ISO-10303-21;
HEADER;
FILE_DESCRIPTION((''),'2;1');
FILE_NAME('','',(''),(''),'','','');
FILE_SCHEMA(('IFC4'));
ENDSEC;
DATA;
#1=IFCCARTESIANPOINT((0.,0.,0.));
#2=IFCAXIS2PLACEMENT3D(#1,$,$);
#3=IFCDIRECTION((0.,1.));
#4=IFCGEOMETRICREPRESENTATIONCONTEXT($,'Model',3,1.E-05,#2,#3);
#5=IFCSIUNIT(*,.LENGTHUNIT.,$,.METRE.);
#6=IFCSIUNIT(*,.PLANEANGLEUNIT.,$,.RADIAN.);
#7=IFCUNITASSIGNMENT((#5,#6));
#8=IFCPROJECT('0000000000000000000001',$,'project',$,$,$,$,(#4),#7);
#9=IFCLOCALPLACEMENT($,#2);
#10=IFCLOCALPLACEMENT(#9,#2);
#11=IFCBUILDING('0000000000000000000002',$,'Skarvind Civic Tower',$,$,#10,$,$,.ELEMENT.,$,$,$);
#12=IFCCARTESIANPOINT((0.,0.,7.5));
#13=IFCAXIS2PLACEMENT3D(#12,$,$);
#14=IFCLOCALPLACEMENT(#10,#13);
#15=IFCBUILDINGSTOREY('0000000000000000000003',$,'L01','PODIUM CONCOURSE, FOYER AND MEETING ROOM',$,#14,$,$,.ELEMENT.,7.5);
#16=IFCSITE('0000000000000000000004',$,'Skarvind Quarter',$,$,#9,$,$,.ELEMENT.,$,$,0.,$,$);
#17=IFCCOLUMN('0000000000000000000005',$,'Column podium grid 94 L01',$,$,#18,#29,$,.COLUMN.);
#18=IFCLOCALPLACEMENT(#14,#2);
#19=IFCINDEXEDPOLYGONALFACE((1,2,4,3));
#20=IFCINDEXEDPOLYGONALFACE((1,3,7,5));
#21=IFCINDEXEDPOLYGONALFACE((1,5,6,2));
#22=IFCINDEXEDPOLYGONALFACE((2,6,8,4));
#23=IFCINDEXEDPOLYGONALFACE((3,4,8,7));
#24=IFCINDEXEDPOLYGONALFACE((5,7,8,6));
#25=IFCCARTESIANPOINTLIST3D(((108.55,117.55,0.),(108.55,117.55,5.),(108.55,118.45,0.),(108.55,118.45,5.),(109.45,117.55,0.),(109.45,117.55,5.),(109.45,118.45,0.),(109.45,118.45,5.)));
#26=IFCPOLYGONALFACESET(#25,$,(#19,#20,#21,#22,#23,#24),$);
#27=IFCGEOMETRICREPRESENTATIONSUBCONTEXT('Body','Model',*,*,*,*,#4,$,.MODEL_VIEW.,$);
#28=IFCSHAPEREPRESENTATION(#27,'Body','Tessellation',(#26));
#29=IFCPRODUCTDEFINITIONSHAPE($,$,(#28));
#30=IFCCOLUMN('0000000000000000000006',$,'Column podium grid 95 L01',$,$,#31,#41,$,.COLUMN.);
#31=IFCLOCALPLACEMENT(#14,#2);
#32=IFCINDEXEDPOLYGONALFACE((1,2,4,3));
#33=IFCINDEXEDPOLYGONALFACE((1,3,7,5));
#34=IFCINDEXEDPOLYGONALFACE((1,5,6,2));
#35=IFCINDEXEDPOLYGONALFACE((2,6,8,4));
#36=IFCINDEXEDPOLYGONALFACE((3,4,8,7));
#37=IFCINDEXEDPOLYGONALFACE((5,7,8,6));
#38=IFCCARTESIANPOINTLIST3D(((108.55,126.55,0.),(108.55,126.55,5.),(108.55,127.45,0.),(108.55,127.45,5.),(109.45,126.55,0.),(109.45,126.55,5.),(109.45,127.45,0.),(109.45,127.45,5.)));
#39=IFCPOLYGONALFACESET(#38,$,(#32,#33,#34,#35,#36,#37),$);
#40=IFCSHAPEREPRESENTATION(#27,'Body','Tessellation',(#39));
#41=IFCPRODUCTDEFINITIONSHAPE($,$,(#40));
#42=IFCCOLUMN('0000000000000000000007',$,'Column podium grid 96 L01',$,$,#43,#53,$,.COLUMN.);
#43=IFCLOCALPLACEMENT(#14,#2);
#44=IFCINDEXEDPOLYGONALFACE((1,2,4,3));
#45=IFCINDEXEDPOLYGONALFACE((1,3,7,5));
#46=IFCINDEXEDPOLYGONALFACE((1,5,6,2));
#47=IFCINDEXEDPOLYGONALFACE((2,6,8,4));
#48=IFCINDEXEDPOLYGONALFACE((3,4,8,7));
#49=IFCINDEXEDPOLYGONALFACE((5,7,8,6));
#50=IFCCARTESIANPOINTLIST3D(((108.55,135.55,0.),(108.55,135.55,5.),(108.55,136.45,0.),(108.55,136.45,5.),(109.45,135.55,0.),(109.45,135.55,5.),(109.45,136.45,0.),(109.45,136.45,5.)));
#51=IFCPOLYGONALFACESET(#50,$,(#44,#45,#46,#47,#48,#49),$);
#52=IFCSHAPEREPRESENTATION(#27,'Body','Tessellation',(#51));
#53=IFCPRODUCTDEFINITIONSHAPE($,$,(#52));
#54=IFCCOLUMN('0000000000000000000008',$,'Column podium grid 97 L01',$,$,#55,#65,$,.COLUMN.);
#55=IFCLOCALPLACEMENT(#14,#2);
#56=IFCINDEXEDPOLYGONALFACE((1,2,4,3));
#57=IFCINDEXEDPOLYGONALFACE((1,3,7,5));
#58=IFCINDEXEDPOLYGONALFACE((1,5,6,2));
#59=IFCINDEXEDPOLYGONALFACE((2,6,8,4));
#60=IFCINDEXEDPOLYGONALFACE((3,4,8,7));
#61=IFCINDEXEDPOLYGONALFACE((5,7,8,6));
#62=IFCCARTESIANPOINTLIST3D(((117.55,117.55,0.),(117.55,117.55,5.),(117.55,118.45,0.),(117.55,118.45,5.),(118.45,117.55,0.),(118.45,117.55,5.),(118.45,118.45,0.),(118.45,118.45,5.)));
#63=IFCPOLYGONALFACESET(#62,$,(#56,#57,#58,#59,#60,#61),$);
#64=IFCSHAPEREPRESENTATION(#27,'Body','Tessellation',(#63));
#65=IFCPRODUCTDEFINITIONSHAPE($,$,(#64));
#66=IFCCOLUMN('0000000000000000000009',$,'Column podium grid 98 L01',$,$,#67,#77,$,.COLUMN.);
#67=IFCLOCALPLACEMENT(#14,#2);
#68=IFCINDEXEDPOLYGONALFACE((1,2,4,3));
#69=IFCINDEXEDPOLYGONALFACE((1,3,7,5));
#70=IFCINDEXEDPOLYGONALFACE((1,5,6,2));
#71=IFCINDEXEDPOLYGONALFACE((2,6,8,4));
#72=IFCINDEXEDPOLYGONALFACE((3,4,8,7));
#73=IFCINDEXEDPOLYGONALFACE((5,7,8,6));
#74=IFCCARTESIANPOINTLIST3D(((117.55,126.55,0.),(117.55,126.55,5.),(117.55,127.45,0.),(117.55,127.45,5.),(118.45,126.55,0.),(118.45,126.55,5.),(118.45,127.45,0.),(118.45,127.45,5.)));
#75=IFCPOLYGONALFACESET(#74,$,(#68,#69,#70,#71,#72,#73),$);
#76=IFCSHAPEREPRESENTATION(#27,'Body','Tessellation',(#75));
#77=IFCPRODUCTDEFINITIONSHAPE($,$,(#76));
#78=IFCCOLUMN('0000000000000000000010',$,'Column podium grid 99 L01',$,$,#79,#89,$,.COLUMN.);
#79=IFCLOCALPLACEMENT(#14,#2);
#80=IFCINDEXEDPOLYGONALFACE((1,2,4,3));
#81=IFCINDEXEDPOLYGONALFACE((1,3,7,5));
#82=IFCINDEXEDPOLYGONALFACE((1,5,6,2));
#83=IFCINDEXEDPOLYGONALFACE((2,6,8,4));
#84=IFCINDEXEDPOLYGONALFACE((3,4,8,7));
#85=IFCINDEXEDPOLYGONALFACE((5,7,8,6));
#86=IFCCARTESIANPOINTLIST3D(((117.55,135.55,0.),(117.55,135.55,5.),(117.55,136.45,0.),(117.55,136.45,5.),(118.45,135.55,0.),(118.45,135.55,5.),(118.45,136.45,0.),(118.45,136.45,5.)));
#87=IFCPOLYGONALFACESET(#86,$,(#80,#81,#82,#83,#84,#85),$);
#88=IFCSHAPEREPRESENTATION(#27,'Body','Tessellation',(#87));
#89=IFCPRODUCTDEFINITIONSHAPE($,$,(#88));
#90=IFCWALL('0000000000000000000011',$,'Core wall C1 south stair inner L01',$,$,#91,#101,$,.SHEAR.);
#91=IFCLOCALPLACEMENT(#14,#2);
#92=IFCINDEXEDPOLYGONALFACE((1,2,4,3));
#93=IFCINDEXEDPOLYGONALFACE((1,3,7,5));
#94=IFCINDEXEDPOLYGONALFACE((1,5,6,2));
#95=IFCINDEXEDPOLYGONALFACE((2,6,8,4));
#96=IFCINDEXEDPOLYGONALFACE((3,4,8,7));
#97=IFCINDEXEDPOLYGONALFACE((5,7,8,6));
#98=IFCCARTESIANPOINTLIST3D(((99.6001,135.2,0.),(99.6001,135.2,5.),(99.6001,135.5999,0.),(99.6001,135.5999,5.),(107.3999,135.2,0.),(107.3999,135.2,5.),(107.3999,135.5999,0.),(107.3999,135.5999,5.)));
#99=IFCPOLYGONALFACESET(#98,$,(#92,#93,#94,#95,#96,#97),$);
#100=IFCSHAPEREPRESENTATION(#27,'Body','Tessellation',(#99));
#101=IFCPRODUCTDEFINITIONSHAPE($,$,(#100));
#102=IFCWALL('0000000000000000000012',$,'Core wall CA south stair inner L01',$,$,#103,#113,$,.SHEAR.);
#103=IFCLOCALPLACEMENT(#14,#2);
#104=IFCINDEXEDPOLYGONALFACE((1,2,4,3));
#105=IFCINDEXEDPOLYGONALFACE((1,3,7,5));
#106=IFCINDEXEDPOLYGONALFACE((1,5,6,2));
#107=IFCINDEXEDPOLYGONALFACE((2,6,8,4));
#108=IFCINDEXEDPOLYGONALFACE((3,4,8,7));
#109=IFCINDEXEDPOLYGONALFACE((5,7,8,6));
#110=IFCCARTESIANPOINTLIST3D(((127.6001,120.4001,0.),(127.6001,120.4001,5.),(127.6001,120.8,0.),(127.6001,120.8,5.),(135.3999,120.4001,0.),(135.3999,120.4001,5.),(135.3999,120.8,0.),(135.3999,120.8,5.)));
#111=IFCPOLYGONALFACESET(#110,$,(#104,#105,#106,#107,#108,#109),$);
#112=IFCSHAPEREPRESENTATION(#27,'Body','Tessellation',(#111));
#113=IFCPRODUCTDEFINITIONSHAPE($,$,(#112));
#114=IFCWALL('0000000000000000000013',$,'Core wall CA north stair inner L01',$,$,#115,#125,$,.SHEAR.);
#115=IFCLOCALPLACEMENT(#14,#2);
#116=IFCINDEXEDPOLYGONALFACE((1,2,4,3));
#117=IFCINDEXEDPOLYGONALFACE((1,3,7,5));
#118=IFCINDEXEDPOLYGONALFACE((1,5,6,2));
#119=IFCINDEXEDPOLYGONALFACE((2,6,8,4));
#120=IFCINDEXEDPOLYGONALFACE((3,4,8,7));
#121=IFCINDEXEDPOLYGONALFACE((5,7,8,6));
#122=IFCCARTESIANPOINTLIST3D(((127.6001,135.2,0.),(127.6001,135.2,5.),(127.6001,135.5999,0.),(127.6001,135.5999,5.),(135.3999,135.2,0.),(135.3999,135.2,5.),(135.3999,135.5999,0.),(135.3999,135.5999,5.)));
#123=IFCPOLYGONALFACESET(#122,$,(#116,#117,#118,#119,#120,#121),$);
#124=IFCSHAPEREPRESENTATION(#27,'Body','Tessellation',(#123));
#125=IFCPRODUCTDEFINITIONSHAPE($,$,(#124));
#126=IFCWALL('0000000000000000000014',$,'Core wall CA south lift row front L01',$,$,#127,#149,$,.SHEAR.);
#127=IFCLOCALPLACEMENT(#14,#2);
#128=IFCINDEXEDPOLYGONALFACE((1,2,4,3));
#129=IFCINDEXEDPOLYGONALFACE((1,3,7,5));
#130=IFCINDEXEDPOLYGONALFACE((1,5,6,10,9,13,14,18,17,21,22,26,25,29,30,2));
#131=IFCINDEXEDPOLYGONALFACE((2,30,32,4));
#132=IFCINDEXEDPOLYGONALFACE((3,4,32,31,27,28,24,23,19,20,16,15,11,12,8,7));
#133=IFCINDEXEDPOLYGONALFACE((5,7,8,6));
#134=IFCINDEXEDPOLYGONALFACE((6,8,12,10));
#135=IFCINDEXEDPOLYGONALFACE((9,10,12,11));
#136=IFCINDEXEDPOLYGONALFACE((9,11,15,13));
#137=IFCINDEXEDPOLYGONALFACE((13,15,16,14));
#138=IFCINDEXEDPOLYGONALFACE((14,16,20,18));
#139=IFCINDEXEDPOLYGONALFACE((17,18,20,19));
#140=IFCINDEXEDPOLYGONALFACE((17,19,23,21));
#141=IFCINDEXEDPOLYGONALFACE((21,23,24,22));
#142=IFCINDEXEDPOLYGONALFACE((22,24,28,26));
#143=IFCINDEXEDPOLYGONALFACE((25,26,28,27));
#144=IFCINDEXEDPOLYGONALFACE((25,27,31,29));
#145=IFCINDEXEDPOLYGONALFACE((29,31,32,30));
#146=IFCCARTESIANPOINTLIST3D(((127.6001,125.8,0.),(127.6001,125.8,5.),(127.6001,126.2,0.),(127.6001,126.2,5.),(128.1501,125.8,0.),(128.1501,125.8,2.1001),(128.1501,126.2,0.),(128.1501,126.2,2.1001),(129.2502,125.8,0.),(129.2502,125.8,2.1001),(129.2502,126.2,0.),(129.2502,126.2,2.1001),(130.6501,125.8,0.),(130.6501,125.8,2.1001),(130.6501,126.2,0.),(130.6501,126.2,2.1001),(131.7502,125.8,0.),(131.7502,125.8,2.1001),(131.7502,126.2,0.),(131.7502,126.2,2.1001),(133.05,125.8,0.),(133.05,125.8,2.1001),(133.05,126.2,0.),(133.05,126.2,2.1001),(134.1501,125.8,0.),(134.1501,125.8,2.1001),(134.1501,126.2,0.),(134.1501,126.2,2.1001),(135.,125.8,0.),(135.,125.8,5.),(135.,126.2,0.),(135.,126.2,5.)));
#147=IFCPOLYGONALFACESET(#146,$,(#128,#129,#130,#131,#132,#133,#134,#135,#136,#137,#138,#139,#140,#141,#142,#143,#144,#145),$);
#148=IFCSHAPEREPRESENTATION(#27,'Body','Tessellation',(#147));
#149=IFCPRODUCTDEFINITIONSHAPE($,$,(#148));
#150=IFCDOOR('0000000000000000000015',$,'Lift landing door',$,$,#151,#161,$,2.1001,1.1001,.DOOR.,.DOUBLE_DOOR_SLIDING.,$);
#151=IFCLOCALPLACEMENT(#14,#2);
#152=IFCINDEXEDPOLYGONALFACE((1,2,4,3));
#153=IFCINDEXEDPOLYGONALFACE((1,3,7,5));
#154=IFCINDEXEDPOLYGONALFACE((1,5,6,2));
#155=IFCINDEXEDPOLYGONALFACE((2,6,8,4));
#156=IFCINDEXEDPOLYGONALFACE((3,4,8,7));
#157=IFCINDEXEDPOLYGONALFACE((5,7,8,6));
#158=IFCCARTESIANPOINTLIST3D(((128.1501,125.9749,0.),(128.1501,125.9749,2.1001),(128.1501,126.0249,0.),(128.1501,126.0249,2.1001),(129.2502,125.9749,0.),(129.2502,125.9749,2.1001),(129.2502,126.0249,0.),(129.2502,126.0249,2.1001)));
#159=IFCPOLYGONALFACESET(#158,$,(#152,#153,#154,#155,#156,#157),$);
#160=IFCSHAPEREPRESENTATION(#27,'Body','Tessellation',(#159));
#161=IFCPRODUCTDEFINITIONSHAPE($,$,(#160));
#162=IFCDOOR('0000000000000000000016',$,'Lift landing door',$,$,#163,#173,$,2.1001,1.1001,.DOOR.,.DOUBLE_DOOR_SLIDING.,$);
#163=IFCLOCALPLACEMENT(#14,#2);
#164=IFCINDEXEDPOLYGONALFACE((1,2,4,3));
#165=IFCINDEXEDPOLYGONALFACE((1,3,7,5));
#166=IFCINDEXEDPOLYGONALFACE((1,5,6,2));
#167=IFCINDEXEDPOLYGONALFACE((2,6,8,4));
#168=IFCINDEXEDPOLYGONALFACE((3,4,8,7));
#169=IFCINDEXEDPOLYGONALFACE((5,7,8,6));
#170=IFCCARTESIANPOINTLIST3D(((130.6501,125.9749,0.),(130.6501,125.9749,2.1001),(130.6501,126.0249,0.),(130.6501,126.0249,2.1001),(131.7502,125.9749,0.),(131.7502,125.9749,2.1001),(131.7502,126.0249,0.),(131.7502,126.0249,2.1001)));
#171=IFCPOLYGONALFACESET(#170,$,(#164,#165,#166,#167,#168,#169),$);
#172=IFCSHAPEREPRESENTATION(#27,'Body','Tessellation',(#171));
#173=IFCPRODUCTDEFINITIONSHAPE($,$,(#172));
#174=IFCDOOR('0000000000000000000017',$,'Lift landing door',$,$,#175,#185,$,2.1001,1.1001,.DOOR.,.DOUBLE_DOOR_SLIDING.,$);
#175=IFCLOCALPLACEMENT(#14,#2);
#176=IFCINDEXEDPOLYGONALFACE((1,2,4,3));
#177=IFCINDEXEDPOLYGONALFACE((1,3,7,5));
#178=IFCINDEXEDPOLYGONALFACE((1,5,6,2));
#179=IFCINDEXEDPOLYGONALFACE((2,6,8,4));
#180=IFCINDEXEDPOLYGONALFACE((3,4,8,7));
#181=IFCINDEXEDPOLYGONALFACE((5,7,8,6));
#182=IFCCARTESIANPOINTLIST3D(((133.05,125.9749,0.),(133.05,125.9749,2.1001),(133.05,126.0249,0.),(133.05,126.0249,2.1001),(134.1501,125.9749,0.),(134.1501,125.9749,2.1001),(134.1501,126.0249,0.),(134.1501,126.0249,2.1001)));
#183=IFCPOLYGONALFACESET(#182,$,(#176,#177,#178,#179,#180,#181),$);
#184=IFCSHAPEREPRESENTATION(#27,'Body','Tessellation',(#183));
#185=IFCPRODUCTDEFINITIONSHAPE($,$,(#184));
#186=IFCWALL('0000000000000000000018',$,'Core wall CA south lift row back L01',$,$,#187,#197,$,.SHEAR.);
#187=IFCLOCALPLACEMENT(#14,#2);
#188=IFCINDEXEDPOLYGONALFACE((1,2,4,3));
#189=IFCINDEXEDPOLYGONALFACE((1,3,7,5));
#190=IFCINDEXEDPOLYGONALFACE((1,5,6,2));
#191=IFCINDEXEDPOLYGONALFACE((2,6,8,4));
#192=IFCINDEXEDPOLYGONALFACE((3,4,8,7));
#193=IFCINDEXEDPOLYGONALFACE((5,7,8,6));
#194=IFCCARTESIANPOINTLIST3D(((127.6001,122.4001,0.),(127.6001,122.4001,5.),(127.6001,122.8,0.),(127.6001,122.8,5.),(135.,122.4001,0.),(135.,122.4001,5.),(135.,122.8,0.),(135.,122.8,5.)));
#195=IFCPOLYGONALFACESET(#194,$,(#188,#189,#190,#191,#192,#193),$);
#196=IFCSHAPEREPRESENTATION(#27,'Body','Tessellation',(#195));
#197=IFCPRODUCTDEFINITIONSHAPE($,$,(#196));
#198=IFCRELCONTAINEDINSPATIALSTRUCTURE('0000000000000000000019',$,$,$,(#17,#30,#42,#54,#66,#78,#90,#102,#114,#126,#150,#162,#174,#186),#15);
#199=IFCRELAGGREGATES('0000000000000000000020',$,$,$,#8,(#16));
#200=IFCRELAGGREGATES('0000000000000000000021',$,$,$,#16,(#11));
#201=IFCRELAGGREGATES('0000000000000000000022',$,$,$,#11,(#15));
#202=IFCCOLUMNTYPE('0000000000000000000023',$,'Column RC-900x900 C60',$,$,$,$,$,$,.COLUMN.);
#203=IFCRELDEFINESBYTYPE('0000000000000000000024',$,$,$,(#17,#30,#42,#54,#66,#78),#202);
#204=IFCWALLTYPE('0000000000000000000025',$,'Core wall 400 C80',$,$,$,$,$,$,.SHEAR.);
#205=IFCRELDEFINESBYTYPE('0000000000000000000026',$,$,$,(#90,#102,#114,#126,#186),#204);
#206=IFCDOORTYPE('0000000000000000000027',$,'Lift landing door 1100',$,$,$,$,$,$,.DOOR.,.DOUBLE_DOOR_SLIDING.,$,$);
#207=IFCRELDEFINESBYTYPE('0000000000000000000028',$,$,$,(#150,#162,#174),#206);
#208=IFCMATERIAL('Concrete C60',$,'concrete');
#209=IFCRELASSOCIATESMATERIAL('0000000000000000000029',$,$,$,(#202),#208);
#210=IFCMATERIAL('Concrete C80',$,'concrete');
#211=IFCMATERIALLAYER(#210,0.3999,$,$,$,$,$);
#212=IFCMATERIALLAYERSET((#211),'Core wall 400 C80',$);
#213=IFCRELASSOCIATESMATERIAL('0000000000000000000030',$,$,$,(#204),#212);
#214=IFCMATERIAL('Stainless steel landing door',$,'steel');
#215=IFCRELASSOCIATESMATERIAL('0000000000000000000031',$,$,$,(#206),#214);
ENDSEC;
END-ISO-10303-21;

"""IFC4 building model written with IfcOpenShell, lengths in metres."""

from ifc_helpers import new_model, si_unit, direction, frame, frame_2d, origin, origin_2d, place, context, subcontext, project, spatial, rectangle, extrude, material, layer, layer_set, material_profile, profile_set, type_object, element, fill, save


model = new_model("IFC4")

# Units and contexts
model_context = context("Model", 3, precision=1e-05, world=origin(), true_north=direction((0.0, 1.0)))
body_context = subcontext(model_context, "Body", "Model", "MODEL_VIEW")
ifc_project = project(units=[si_unit("LENGTHUNIT", "METRE"), si_unit("PLANEANGLEUNIT", "RADIAN")], contexts=[model_context])

# Site, building, storey
site_placement = place(None, origin())
site = spatial("IfcSite", under=ifc_project, at=site_placement, Name="Skarvind Quarter", CompositionType="ELEMENT", RefElevation=0.0)
building_placement = place(site_placement, origin())
building = spatial("IfcBuilding", under=site, at=building_placement, Name="Skarvind Civic Tower", CompositionType="ELEMENT")
storey_placement = place(building_placement, frame((0.0, 0.0, 7.5)))
storey = spatial("IfcBuildingStorey", under=building, at=storey_placement, Name="L01", Description="PODIUM CONCOURSE, FOYER AND MEETING ROOM", CompositionType="ELEMENT", Elevation=7.5)

# Columns
ifc_material_1 = material(Name="Concrete C60", Category="concrete")
ifc_material_profile = material_profile(ifc_material_1, rectangle(XDim=0.8999, YDim=0.8999, at=origin_2d()), Name="RC-900x900")
ifc_profile_set = profile_set([ifc_material_profile], Name="Concrete C60")
column_type = type_object("IfcColumnType", Name="Column RC-900x900 C60", PredefinedType="COLUMN", material=ifc_profile_set)
for number, where, z_axis, x_axis, name in (
    (1, (109.0, 118.0, 0.0), (0.0, 0.0, 1.0), (1.0, 0.0, 0.0), "Column podium grid 94 L01"),
    (2, (109.0, 127.0, 0.0), (0.0, 0.0, 1.0), (1.0, 0.0, 0.0), "Column podium grid 95 L01"),
    (3, (109.0, 136.0, 0.0), (0.0, 0.0, 1.0), (1.0, 0.0, 0.0), "Column podium grid 96 L01"),
    (4, (118.0, 118.0, 0.0), (0.0, 0.0, 1.0), (1.0, 0.0, 0.0), "Column podium grid 97 L01"),
    (5, (118.0, 127.0, 0.0), (0.0, 0.0, 1.0), (1.0, 0.0, 0.0), "Column podium grid 98 L01"),
    (6, (118.0, 136.0, 0.0), (0.0, 0.0, 1.0), (1.0, 0.0, 0.0), "Column podium grid 99 L01"),
):
    element("IfcColumn", number, at=place(storey_placement, frame(where, z_axis=z_axis, x_axis=x_axis)), inside=storey, type_object=column_type, Name=name, PredefinedType="COLUMN", context=body_context, shape_type="SweptSolid", body=[
        extrude(rectangle(XDim=0.8999, YDim=0.8999, at=origin_2d()), origin(), (0.0, 0.0, 1.0), 5.0),
    ])

# Walls
ifc_material_2 = material(Name="Concrete C80", Category="concrete")
ifc_layer_1 = layer(ifc_material_2, 0.3999)
ifc_layer_set_1 = layer_set([ifc_layer_1], Name="Core wall 400 C80")
wall_type_1 = type_object("IfcWallType", Name="Core wall 400 C80", PredefinedType="SHEAR", material=ifc_layer_set_1)
for number, where, z_axis, x_axis, name in (
    (7, (107.3999, 135.3999, 0.0), (0.0, 0.0, 1.0), (-1.0, 0.0, 0.0), "Core wall C1 south stair inner L01"),
    (8, (127.6001, 120.6001, 0.0), (0.0, 0.0, 1.0), (1.0, 0.0, 0.0), "Core wall CA south stair inner L01"),
    (9, (127.6001, 135.3999, 0.0), (0.0, 0.0, 1.0), (1.0, 0.0, 0.0), "Core wall CA north stair inner L01"),
):
    element("IfcWall", number, at=place(storey_placement, frame(where, z_axis=z_axis, x_axis=x_axis)), inside=storey, type_object=wall_type_1, Name=name, PredefinedType="SHEAR", context=body_context, shape_type="SweptSolid", body=[
        extrude(rectangle(XDim=7.7998, YDim=0.3999, at=frame_2d((3.8999, 0.0))), origin(), (0.0, 0.0, 1.0), 5.0),
    ])

# Wall, openings, doors
wall_1_placement = place(storey_placement, frame((127.6001, 126.0, 0.0), z_axis=(0.0, 0.0, 1.0), x_axis=(1.0, 0.0, 0.0)))
wall_1 = element("IfcWall", 10, at=wall_1_placement, inside=storey, type_object=wall_type_1, Name="Core wall CA south lift row front L01", PredefinedType="SHEAR", context=body_context, shape_type="SweptSolid", body=[
    extrude(rectangle(XDim=7.3999, YDim=0.3999, at=frame_2d((3.7, 0.0))), origin(), (0.0, 0.0, 1.0), 5.0),
])
opening_1_placement = place(wall_1_placement, frame((0.55, 0.0, 0.0)))
opening_1 = element("IfcOpeningElement", 11, at=opening_1_placement, cuts=wall_1, PredefinedType="OPENING", context=body_context, shape_type="SweptSolid", body=[
    extrude(rectangle(XDim=1.1001, YDim=2.1001, at=frame_2d((0.55, 1.05))), frame((0.0, 0.21, 0.0), z_axis=(0.0, -1.0, 0.0), x_axis=(1.0, 0.0, 0.0)), (0.0, 0.0, 1.0), 0.4199),
])
opening_2_placement = place(wall_1_placement, frame((3.05, 0.0, 0.0)))
opening_2 = element("IfcOpeningElement", 12, at=opening_2_placement, cuts=wall_1, PredefinedType="OPENING", context=body_context, shape_type="SweptSolid", body=[
    extrude(rectangle(XDim=1.1001, YDim=2.1001, at=frame_2d((0.55, 1.05))), frame((0.0, 0.21, 0.0), z_axis=(0.0, -1.0, 0.0), x_axis=(1.0, 0.0, 0.0)), (0.0, 0.0, 1.0), 0.4199),
])
opening_3_placement = place(wall_1_placement, frame((5.45, 0.0, 0.0)))
opening_3 = element("IfcOpeningElement", 13, at=opening_3_placement, cuts=wall_1, PredefinedType="OPENING", context=body_context, shape_type="SweptSolid", body=[
    extrude(rectangle(XDim=1.1001, YDim=2.1001, at=frame_2d((0.55, 1.05))), frame((0.0, 0.21, 0.0), z_axis=(0.0, -1.0, 0.0), x_axis=(1.0, 0.0, 0.0)), (0.0, 0.0, 1.0), 0.4199),
])
ifc_material_3 = material(Name="Stainless steel landing door", Category="steel")
door_type = type_object("IfcDoorType", Name="Lift landing door 1100", OperationType="DOUBLE_DOOR_SLIDING", PredefinedType="DOOR", material=ifc_material_3)
door_1_placement = place(opening_1_placement, origin())
door_1 = element("IfcDoor", 14, at=door_1_placement, inside=storey, type_object=door_type, Name="Lift landing door", OperationType="DOUBLE_DOOR_SLIDING", OverallHeight=2.1001, OverallWidth=1.1001, PredefinedType="DOOR", context=body_context, shape_type="SweptSolid", body=[
    extrude(rectangle(XDim=1.1001, YDim=2.1001, at=frame_2d((0.55, 1.05))), frame((0.0, 0.0249, 0.0), z_axis=(0.0, -1.0, 0.0), x_axis=(1.0, 0.0, 0.0)), (0.0, 0.0, 1.0), 0.05),
])
fill(opening_1, door_1)
door_2_placement = place(opening_2_placement, origin())
door_2 = element("IfcDoor", 15, at=door_2_placement, inside=storey, type_object=door_type, Name="Lift landing door", OperationType="DOUBLE_DOOR_SLIDING", OverallHeight=2.1001, OverallWidth=1.1001, PredefinedType="DOOR", context=body_context, shape_type="SweptSolid", body=[
    extrude(rectangle(XDim=1.1001, YDim=2.1001, at=frame_2d((0.55, 1.05))), frame((0.0, 0.0249, 0.0), z_axis=(0.0, -1.0, 0.0), x_axis=(1.0, 0.0, 0.0)), (0.0, 0.0, 1.0), 0.05),
])
fill(opening_2, door_2)
door_3_placement = place(opening_3_placement, origin())
door_3 = element("IfcDoor", 16, at=door_3_placement, inside=storey, type_object=door_type, Name="Lift landing door", OperationType="DOUBLE_DOOR_SLIDING", OverallHeight=2.1001, OverallWidth=1.1001, PredefinedType="DOOR", context=body_context, shape_type="SweptSolid", body=[
    extrude(rectangle(XDim=1.1001, YDim=2.1001, at=frame_2d((0.55, 1.05))), frame((0.0, 0.0249, 0.0), z_axis=(0.0, -1.0, 0.0), x_axis=(1.0, 0.0, 0.0)), (0.0, 0.0, 1.0), 0.05),
])
fill(opening_3, door_3)

# Wall
wall_2_placement = place(storey_placement, frame((127.6001, 122.6001, 0.0), z_axis=(0.0, 0.0, 1.0), x_axis=(1.0, 0.0, 0.0)))
element("IfcWall", 17, at=wall_2_placement, inside=storey, type_object=wall_type_1, Name="Core wall CA south lift row back L01", PredefinedType="SHEAR", context=body_context, shape_type="SweptSolid", body=[
    extrude(rectangle(XDim=7.3999, YDim=0.3999, at=frame_2d((3.7, 0.0))), origin(), (0.0, 0.0, 1.0), 5.0),
])

save(model, "model.ifc")
